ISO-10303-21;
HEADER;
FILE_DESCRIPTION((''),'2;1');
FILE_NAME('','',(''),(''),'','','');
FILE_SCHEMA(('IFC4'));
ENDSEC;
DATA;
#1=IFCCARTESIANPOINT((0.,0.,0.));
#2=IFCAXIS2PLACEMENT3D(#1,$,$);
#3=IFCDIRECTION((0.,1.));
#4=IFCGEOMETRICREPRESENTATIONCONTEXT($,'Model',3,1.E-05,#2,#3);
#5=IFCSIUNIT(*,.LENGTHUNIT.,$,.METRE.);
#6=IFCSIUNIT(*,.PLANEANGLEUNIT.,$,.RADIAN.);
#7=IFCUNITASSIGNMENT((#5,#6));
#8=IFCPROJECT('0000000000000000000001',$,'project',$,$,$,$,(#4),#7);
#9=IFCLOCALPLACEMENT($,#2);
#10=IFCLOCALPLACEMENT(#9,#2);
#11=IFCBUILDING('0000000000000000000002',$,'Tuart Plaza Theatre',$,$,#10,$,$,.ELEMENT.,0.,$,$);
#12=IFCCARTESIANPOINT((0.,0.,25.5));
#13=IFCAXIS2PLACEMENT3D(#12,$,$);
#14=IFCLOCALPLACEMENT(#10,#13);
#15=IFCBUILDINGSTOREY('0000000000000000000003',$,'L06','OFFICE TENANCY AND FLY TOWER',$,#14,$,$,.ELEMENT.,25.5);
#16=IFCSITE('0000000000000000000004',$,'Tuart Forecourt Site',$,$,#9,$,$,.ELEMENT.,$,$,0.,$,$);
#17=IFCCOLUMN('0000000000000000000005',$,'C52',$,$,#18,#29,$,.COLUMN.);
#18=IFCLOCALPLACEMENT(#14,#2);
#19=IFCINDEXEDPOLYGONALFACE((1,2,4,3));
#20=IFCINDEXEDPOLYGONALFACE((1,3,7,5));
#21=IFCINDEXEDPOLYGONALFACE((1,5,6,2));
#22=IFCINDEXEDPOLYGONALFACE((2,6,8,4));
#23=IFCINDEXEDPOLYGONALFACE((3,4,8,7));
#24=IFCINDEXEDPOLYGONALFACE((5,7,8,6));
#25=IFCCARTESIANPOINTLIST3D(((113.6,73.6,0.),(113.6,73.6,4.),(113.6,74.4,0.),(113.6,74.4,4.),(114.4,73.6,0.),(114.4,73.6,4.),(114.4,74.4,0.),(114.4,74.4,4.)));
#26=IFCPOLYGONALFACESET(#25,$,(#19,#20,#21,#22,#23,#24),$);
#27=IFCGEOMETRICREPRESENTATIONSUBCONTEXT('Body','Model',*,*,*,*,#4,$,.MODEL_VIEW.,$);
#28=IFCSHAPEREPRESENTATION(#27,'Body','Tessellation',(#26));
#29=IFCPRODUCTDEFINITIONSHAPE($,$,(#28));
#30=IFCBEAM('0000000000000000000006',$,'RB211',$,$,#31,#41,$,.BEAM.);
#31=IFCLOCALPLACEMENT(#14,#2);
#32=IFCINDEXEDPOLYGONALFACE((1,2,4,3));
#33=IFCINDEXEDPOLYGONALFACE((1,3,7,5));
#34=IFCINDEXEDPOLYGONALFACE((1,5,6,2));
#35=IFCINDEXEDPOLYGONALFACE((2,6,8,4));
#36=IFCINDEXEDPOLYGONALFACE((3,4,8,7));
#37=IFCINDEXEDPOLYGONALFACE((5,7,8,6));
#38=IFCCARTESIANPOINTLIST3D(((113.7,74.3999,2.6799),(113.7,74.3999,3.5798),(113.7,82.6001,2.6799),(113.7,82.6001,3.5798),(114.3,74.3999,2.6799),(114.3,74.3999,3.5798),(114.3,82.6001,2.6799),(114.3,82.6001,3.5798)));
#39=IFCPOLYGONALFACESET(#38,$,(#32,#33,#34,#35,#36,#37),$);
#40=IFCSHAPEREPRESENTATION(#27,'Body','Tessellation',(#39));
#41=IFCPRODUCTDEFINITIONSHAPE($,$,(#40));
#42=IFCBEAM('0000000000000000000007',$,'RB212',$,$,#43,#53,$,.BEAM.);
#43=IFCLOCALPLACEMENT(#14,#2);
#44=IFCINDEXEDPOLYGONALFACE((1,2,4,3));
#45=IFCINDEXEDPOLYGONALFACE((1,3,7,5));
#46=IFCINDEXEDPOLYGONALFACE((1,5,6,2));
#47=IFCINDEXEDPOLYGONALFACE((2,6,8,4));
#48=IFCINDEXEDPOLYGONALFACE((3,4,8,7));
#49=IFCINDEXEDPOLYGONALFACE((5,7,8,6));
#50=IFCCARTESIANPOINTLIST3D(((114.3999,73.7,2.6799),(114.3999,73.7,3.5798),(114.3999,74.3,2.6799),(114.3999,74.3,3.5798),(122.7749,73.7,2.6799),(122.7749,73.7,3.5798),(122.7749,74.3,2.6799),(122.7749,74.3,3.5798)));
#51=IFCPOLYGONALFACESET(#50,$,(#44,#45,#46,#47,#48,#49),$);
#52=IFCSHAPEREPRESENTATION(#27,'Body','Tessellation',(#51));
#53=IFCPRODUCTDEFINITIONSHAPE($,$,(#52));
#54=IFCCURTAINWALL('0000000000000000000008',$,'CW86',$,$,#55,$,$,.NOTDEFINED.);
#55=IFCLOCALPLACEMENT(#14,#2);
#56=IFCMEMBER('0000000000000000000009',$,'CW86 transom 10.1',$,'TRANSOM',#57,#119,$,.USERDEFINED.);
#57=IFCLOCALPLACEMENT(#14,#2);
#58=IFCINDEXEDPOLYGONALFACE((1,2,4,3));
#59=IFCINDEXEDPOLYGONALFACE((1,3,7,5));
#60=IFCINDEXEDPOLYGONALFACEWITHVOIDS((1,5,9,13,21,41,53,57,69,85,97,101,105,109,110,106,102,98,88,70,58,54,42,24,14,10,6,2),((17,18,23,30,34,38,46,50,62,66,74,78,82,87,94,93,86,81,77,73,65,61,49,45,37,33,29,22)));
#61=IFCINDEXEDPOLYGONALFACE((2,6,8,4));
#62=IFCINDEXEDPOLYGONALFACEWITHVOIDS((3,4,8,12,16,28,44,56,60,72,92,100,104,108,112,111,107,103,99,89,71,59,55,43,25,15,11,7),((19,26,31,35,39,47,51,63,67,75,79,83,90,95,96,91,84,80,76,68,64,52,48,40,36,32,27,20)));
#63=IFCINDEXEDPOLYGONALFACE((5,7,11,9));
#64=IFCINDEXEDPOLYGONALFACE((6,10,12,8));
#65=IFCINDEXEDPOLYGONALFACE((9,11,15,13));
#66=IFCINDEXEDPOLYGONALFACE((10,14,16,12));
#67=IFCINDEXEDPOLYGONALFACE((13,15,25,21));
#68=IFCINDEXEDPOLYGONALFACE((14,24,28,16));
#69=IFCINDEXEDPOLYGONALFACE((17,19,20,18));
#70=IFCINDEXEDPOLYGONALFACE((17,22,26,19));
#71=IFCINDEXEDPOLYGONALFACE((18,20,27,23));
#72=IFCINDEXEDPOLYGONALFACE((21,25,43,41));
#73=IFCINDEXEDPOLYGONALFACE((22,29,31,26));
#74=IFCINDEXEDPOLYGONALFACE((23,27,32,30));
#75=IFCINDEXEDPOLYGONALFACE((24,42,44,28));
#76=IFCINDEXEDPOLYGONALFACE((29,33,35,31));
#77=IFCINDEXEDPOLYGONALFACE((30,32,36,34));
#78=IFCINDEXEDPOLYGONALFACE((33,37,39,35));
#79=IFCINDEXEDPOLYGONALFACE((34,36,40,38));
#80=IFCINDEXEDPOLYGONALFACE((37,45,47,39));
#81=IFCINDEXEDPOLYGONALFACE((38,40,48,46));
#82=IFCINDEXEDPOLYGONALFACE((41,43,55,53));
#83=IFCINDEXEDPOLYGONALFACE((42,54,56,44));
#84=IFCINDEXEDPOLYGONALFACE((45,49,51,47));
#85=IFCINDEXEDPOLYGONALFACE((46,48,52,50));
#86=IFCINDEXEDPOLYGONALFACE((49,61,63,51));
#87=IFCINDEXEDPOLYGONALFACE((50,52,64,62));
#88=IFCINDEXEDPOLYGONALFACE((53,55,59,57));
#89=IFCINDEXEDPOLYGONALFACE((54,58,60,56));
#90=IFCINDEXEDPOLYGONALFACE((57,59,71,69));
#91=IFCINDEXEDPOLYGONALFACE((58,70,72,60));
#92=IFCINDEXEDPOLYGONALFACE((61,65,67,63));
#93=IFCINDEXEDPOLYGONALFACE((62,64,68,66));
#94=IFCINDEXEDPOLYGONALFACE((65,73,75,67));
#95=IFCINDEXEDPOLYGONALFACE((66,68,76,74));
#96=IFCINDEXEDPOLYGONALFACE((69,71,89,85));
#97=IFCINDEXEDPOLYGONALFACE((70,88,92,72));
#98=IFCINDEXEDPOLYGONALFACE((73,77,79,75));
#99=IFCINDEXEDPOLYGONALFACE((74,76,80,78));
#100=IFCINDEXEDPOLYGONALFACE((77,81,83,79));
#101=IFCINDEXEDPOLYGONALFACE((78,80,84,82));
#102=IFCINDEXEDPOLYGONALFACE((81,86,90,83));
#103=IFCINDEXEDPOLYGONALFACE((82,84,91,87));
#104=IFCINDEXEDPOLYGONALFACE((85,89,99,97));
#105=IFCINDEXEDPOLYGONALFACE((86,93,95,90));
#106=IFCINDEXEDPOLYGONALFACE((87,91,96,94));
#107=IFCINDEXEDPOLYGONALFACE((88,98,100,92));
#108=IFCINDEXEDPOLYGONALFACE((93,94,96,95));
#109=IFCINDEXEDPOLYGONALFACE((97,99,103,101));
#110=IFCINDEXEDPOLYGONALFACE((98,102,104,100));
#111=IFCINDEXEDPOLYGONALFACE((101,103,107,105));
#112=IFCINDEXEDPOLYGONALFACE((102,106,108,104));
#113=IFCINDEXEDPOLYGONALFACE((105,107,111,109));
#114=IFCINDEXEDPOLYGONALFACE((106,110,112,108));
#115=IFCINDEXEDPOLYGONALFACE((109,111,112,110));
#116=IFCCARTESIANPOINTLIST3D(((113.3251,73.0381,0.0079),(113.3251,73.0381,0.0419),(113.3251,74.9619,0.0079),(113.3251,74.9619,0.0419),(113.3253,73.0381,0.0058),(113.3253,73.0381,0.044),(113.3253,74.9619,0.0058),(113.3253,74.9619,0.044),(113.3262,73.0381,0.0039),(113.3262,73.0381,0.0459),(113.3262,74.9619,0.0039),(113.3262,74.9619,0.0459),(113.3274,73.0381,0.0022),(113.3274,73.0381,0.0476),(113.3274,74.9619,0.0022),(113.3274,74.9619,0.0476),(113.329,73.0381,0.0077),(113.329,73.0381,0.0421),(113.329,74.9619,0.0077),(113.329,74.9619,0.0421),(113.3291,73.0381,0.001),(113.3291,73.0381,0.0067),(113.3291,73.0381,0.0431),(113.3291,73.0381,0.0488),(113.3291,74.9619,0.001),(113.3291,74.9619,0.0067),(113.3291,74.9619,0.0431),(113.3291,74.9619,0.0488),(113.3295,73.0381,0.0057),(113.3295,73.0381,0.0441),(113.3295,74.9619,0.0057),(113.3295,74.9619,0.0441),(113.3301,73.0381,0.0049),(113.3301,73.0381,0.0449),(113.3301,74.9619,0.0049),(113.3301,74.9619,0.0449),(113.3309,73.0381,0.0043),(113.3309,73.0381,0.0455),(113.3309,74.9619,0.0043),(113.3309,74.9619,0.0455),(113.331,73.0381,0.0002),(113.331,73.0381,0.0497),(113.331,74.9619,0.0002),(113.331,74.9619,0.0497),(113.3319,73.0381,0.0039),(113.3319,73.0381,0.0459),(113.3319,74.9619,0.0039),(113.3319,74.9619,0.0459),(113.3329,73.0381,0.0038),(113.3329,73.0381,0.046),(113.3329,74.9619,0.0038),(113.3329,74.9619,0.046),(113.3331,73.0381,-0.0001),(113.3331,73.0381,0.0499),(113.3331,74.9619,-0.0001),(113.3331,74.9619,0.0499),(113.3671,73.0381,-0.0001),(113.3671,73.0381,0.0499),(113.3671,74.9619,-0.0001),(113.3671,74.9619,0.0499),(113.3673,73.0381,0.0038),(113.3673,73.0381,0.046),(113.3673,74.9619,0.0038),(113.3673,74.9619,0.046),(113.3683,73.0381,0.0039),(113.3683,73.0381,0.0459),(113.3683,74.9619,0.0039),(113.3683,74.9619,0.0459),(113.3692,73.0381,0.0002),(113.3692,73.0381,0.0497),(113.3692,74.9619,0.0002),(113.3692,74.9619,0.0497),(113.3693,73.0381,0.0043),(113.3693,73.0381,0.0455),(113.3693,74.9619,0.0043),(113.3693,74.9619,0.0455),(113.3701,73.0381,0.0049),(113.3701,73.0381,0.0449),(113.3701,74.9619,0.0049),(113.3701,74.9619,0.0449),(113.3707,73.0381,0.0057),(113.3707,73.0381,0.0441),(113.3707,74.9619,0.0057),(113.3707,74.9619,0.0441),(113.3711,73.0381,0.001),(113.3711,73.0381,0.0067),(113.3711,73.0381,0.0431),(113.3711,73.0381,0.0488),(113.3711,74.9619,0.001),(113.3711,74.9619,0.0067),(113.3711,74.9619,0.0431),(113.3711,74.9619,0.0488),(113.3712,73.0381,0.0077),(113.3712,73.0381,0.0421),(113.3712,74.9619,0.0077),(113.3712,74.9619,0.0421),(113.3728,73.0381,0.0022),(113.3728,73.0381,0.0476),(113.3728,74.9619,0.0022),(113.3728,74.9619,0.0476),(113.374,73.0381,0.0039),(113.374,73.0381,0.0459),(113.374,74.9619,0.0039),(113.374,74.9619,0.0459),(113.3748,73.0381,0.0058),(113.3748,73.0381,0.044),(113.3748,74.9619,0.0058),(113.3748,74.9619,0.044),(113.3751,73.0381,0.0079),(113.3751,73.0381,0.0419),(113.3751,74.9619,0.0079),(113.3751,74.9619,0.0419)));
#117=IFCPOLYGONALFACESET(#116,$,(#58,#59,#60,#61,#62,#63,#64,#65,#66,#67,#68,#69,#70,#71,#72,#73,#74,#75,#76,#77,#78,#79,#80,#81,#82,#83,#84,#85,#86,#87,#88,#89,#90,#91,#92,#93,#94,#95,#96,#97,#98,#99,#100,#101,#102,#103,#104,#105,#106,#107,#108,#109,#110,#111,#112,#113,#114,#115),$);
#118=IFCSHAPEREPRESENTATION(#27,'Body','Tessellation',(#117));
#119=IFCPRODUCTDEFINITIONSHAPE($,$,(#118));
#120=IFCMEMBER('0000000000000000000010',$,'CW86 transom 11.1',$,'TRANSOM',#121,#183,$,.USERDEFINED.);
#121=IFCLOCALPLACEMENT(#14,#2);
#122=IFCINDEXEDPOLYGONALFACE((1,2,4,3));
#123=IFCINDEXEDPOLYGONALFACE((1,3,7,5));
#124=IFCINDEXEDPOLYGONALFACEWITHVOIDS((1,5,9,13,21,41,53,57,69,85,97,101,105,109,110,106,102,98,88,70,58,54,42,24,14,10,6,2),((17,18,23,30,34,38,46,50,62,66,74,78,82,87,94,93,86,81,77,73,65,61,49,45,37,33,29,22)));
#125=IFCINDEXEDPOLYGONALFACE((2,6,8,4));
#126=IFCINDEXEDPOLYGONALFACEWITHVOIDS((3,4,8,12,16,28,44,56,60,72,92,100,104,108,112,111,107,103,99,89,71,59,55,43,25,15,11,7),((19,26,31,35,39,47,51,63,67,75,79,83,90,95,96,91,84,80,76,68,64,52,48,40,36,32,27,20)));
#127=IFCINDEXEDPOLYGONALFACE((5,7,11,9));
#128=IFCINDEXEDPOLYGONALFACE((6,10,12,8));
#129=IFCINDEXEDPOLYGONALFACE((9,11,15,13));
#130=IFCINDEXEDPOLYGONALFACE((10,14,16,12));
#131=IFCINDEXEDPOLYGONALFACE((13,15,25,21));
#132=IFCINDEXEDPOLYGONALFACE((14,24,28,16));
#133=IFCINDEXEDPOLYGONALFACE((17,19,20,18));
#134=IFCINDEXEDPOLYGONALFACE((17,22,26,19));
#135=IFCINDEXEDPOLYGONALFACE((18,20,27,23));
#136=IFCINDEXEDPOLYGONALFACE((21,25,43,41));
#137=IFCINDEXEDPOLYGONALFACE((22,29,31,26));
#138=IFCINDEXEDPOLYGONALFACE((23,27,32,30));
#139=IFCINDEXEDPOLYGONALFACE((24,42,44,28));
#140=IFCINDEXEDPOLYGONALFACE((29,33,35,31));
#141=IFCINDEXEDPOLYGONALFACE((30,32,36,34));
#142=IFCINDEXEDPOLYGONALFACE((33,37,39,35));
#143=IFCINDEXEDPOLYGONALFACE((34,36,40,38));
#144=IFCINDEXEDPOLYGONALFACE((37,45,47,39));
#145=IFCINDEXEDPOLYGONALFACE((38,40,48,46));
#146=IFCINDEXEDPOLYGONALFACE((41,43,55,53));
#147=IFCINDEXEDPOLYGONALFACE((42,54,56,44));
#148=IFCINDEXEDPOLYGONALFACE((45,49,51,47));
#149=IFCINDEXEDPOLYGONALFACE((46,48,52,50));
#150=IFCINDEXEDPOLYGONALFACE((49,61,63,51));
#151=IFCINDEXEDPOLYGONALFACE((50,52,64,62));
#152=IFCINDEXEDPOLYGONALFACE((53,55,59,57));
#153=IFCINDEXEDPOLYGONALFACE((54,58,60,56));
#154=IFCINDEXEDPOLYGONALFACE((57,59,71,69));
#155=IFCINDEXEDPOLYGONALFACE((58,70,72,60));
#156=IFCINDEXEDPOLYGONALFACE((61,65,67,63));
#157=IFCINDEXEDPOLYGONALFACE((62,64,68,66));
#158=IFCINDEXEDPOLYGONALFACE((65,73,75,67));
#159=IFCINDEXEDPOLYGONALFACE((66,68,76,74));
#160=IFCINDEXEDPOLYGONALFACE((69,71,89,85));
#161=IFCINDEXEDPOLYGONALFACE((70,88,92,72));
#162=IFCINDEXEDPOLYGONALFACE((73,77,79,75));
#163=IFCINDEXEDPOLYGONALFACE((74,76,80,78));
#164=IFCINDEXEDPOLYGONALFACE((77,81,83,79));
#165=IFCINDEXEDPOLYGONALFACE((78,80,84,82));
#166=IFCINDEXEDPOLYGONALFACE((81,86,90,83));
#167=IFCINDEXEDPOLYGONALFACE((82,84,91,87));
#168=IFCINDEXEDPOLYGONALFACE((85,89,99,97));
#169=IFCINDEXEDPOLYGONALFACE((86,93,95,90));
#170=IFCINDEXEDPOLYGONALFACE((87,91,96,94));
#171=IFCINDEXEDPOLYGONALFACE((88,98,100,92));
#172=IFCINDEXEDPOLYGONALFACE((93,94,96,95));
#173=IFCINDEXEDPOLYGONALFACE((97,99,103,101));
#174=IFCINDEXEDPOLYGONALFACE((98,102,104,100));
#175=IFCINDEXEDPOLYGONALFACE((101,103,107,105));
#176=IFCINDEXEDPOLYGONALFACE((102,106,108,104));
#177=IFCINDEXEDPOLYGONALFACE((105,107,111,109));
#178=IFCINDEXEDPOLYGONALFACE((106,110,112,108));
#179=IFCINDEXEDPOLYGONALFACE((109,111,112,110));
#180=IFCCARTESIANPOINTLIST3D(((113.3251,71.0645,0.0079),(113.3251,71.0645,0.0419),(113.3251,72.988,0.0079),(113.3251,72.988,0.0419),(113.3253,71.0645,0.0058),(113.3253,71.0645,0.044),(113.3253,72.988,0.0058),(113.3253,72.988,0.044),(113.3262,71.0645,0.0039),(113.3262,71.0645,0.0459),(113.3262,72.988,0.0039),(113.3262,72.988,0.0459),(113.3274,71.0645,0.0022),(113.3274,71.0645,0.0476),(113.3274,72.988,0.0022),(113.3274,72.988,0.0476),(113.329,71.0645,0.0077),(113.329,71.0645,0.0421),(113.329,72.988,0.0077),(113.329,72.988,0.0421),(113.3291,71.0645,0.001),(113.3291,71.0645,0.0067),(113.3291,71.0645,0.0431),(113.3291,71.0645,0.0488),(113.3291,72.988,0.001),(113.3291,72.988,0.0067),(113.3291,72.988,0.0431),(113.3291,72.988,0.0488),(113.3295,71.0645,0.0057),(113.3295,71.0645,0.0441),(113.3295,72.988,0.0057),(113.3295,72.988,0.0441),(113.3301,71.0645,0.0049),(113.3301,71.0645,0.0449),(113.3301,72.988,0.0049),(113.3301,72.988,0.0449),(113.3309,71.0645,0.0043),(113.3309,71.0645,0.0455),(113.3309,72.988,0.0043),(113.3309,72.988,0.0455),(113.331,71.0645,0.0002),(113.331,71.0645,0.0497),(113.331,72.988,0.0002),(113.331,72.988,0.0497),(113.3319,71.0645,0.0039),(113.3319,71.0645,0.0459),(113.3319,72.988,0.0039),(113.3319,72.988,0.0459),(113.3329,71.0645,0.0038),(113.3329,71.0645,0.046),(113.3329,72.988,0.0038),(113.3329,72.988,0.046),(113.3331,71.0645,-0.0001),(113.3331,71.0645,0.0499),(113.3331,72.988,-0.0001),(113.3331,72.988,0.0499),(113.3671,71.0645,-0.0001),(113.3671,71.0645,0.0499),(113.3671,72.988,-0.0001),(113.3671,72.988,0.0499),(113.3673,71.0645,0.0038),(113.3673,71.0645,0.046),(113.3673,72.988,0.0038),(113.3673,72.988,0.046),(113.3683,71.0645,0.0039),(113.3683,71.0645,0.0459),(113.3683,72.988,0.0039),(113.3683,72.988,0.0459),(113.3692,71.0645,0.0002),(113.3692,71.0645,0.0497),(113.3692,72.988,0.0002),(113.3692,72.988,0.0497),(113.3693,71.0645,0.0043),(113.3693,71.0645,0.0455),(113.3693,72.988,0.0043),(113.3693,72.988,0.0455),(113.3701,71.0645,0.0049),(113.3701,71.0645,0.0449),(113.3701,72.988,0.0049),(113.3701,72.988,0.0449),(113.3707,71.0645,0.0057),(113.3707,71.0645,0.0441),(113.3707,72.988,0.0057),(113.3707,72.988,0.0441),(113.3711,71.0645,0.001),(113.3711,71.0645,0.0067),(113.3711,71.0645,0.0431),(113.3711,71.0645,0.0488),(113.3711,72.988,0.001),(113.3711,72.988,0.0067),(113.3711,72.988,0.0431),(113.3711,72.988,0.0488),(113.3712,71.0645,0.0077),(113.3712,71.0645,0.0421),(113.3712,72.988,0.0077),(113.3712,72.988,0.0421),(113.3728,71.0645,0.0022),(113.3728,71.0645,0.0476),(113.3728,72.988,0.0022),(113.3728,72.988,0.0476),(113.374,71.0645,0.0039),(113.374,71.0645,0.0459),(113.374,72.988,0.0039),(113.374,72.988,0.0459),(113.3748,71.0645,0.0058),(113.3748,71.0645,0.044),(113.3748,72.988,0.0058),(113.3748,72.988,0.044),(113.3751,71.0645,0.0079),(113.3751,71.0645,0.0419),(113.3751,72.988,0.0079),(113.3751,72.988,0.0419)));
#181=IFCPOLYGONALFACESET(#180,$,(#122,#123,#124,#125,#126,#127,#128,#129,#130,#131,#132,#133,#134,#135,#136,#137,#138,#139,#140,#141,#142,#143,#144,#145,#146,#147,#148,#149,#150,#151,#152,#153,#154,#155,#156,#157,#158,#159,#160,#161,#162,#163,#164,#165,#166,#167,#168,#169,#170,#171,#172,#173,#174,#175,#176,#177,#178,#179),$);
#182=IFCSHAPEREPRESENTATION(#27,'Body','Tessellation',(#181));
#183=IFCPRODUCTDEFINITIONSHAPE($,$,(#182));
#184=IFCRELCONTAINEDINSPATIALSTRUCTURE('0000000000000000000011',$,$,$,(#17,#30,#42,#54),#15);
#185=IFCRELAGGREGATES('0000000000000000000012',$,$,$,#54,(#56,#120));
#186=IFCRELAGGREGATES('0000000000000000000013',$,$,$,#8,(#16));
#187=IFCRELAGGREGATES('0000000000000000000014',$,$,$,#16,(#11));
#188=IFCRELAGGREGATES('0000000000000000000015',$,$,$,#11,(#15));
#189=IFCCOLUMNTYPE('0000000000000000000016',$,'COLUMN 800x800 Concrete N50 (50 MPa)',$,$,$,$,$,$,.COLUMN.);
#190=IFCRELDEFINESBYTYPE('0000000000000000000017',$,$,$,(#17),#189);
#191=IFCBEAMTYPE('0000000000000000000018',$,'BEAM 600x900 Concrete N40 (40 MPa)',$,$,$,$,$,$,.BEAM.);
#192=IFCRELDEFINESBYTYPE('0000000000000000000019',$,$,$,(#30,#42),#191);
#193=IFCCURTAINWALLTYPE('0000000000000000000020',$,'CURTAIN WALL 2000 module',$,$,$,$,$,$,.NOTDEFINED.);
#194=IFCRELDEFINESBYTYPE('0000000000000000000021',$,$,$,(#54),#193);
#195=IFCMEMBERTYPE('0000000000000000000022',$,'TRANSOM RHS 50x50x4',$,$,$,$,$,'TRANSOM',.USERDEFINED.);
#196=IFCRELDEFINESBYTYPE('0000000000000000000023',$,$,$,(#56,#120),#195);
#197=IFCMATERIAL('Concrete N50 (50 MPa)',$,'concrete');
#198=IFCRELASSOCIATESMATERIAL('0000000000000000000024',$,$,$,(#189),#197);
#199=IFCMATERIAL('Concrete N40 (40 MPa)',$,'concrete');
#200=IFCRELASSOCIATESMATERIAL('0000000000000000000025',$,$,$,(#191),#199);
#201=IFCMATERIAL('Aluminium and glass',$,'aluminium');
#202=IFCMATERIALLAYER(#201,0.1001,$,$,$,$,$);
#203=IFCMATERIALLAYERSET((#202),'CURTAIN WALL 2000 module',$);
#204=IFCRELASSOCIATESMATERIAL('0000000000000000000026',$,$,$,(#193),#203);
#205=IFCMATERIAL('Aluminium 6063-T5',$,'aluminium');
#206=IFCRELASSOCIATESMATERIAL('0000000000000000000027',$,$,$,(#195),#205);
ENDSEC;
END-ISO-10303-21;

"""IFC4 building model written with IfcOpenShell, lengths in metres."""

from ifc_helpers import new_model, si_unit, direction, frame, origin, origin_2d, place, context, subcontext, project, spatial, rectangle, hollow_rectangle, extrude, material, layer, layer_set, material_profile, profile_set, type_object, element, aggregate, save


model = new_model("IFC4")

# Units and contexts
model_context = context("Model", 3, precision=1e-05, world=origin(), true_north=direction((0.0, 1.0)))
body_context = subcontext(model_context, "Body", "Model", "MODEL_VIEW")
ifc_project = project(units=[si_unit("LENGTHUNIT", "METRE"), si_unit("PLANEANGLEUNIT", "RADIAN")], contexts=[model_context])

# Site, building, storey
site_placement = place(None, origin())
site = spatial("IfcSite", under=ifc_project, at=site_placement, Name="Tuart Forecourt Site", CompositionType="ELEMENT", RefElevation=0.0)
building_placement = place(site_placement, origin())
building = spatial("IfcBuilding", under=site, at=building_placement, Name="Tuart Plaza Theatre", CompositionType="ELEMENT", ElevationOfRefHeight=0.0)
storey_placement = place(building_placement, frame((0.0, 0.0, 25.5)))
storey = spatial("IfcBuildingStorey", under=building, at=storey_placement, Name="L06", Description="OFFICE TENANCY AND FLY TOWER", CompositionType="ELEMENT", Elevation=25.5)

# Column
ifc_material_1 = material(Name="Concrete N50 (50 MPa)", Category="concrete")
ifc_material_profile_1 = material_profile(ifc_material_1, rectangle(XDim=0.8, YDim=0.8, at=origin_2d()), Name="COLUMN 800x800 Concrete N50 (50 MPa)")
ifc_profile_set_1 = profile_set([ifc_material_profile_1], Name="Concrete N50 (50 MPa)")
column_type = type_object("IfcColumnType", Name="COLUMN 800x800 Concrete N50 (50 MPa)", PredefinedType="COLUMN", material=ifc_profile_set_1)
column_placement = place(storey_placement, frame((114.0, 74.0, 0.0), z_axis=(0.0, 0.0, 1.0), x_axis=(1.0, 0.0, 0.0)))
element("IfcColumn", 1, at=column_placement, inside=storey, type_object=column_type, Name="C52", PredefinedType="COLUMN", context=body_context, shape_type="SweptSolid", body=[
    extrude(rectangle(XDim=0.8, YDim=0.8, at=origin_2d()), origin(), (0.0, 0.0, 1.0), 4.0),
])

# Beams
ifc_material_2 = material(Name="Concrete N40 (40 MPa)", Category="concrete")
ifc_material_profile_2 = material_profile(ifc_material_2, rectangle(XDim=0.6001, YDim=0.8999, at=origin_2d()), Name="BEAM 600x900 Concrete N40 (40 MPa)")
ifc_profile_set_2 = profile_set([ifc_material_profile_2], Name="Concrete N40 (40 MPa)")
beam_type = type_object("IfcBeamType", Name="BEAM 600x900 Concrete N40 (40 MPa)", PredefinedType="BEAM", material=ifc_profile_set_2)
beam_1_placement = place(storey_placement, frame((114.0, 74.3999, 3.1299), z_axis=(0.0, 1.0, 0.0), x_axis=(-1.0, 0.0, 0.0)))
element("IfcBeam", 2, at=beam_1_placement, inside=storey, type_object=beam_type, Name="RB211", PredefinedType="BEAM", context=body_context, shape_type="SweptSolid", body=[
    extrude(rectangle(XDim=0.6001, YDim=0.8999, at=origin_2d()), origin(), (0.0, 0.0, 1.0), 8.2002),
])
beam_2_placement = place(storey_placement, frame((114.3999, 74.0, 3.1299), z_axis=(1.0, 0.0, 0.0), x_axis=(0.0, 1.0, 0.0)))
element("IfcBeam", 3, at=beam_2_placement, inside=storey, type_object=beam_type, Name="RB212", PredefinedType="BEAM", context=body_context, shape_type="SweptSolid", body=[
    extrude(rectangle(XDim=0.6001, YDim=0.8999, at=origin_2d()), origin(), (0.0, 0.0, 1.0), 8.375),
])

# Curtain wall, members
ifc_material_3 = material(Name="Aluminium and glass", Category="aluminium")
ifc_layer_1 = layer(ifc_material_3, 0.1001)
ifc_layer_set_1 = layer_set([ifc_layer_1], Name="CURTAIN WALL 2000 module")
curtain_wall_type = type_object("IfcCurtainWallType", Name="CURTAIN WALL 2000 module", PredefinedType="NOTDEFINED", material=ifc_layer_set_1)
curtain_wall_placement = place(storey_placement, origin())
curtain_wall = element("IfcCurtainWall", 4, at=curtain_wall_placement, inside=storey, type_object=curtain_wall_type, Name="CW86", PredefinedType="NOTDEFINED")
ifc_material_4 = material(Name="Aluminium 6063-T5", Category="aluminium")
ifc_material_profile_3 = material_profile(ifc_material_4, hollow_rectangle(XDim=0.05, YDim=0.05, WallThickness=0.0039, InnerFilletRadius=0.0039, OuterFilletRadius=0.0081, at=origin_2d()), Name="RHS 50x50x4")
ifc_profile_set_3 = profile_set([ifc_material_profile_3], Name="Aluminium 6063-T5")
member_type = type_object("IfcMemberType", Name="TRANSOM RHS 50x50x4", ElementType="TRANSOM", PredefinedType="USERDEFINED", material=ifc_profile_set_3)
member_1_placement = place(storey_placement, frame((113.3501, 74.9619, 0.0249), z_axis=(0.0, -1.0, 0.0), x_axis=(1.0, 0.0, 0.0)))
member_1 = element("IfcMember", 5, at=member_1_placement, type_object=member_type, Name="CW86 transom 10.1", ObjectType="TRANSOM", PredefinedType="USERDEFINED", context=body_context, shape_type="SweptSolid", body=[
    extrude(hollow_rectangle(XDim=0.05, YDim=0.05, WallThickness=0.0039, InnerFilletRadius=0.0039, OuterFilletRadius=0.0081, at=origin_2d()), origin(), (0.0, 0.0, 1.0), 1.9238),
])
member_2_placement = place(storey_placement, frame((113.3501, 72.988, 0.0249), z_axis=(0.0, -1.0, 0.0), x_axis=(1.0, 0.0, 0.0)))
member_2 = element("IfcMember", 6, at=member_2_placement, type_object=member_type, Name="CW86 transom 11.1", ObjectType="TRANSOM", PredefinedType="USERDEFINED", context=body_context, shape_type="SweptSolid", body=[
    extrude(hollow_rectangle(XDim=0.05, YDim=0.05, WallThickness=0.0039, InnerFilletRadius=0.0039, OuterFilletRadius=0.0081, at=origin_2d()), origin(), (0.0, 0.0, 1.0), 1.9236),
])
aggregate(curtain_wall, [member_1, member_2])

save(model, "model.ifc")
